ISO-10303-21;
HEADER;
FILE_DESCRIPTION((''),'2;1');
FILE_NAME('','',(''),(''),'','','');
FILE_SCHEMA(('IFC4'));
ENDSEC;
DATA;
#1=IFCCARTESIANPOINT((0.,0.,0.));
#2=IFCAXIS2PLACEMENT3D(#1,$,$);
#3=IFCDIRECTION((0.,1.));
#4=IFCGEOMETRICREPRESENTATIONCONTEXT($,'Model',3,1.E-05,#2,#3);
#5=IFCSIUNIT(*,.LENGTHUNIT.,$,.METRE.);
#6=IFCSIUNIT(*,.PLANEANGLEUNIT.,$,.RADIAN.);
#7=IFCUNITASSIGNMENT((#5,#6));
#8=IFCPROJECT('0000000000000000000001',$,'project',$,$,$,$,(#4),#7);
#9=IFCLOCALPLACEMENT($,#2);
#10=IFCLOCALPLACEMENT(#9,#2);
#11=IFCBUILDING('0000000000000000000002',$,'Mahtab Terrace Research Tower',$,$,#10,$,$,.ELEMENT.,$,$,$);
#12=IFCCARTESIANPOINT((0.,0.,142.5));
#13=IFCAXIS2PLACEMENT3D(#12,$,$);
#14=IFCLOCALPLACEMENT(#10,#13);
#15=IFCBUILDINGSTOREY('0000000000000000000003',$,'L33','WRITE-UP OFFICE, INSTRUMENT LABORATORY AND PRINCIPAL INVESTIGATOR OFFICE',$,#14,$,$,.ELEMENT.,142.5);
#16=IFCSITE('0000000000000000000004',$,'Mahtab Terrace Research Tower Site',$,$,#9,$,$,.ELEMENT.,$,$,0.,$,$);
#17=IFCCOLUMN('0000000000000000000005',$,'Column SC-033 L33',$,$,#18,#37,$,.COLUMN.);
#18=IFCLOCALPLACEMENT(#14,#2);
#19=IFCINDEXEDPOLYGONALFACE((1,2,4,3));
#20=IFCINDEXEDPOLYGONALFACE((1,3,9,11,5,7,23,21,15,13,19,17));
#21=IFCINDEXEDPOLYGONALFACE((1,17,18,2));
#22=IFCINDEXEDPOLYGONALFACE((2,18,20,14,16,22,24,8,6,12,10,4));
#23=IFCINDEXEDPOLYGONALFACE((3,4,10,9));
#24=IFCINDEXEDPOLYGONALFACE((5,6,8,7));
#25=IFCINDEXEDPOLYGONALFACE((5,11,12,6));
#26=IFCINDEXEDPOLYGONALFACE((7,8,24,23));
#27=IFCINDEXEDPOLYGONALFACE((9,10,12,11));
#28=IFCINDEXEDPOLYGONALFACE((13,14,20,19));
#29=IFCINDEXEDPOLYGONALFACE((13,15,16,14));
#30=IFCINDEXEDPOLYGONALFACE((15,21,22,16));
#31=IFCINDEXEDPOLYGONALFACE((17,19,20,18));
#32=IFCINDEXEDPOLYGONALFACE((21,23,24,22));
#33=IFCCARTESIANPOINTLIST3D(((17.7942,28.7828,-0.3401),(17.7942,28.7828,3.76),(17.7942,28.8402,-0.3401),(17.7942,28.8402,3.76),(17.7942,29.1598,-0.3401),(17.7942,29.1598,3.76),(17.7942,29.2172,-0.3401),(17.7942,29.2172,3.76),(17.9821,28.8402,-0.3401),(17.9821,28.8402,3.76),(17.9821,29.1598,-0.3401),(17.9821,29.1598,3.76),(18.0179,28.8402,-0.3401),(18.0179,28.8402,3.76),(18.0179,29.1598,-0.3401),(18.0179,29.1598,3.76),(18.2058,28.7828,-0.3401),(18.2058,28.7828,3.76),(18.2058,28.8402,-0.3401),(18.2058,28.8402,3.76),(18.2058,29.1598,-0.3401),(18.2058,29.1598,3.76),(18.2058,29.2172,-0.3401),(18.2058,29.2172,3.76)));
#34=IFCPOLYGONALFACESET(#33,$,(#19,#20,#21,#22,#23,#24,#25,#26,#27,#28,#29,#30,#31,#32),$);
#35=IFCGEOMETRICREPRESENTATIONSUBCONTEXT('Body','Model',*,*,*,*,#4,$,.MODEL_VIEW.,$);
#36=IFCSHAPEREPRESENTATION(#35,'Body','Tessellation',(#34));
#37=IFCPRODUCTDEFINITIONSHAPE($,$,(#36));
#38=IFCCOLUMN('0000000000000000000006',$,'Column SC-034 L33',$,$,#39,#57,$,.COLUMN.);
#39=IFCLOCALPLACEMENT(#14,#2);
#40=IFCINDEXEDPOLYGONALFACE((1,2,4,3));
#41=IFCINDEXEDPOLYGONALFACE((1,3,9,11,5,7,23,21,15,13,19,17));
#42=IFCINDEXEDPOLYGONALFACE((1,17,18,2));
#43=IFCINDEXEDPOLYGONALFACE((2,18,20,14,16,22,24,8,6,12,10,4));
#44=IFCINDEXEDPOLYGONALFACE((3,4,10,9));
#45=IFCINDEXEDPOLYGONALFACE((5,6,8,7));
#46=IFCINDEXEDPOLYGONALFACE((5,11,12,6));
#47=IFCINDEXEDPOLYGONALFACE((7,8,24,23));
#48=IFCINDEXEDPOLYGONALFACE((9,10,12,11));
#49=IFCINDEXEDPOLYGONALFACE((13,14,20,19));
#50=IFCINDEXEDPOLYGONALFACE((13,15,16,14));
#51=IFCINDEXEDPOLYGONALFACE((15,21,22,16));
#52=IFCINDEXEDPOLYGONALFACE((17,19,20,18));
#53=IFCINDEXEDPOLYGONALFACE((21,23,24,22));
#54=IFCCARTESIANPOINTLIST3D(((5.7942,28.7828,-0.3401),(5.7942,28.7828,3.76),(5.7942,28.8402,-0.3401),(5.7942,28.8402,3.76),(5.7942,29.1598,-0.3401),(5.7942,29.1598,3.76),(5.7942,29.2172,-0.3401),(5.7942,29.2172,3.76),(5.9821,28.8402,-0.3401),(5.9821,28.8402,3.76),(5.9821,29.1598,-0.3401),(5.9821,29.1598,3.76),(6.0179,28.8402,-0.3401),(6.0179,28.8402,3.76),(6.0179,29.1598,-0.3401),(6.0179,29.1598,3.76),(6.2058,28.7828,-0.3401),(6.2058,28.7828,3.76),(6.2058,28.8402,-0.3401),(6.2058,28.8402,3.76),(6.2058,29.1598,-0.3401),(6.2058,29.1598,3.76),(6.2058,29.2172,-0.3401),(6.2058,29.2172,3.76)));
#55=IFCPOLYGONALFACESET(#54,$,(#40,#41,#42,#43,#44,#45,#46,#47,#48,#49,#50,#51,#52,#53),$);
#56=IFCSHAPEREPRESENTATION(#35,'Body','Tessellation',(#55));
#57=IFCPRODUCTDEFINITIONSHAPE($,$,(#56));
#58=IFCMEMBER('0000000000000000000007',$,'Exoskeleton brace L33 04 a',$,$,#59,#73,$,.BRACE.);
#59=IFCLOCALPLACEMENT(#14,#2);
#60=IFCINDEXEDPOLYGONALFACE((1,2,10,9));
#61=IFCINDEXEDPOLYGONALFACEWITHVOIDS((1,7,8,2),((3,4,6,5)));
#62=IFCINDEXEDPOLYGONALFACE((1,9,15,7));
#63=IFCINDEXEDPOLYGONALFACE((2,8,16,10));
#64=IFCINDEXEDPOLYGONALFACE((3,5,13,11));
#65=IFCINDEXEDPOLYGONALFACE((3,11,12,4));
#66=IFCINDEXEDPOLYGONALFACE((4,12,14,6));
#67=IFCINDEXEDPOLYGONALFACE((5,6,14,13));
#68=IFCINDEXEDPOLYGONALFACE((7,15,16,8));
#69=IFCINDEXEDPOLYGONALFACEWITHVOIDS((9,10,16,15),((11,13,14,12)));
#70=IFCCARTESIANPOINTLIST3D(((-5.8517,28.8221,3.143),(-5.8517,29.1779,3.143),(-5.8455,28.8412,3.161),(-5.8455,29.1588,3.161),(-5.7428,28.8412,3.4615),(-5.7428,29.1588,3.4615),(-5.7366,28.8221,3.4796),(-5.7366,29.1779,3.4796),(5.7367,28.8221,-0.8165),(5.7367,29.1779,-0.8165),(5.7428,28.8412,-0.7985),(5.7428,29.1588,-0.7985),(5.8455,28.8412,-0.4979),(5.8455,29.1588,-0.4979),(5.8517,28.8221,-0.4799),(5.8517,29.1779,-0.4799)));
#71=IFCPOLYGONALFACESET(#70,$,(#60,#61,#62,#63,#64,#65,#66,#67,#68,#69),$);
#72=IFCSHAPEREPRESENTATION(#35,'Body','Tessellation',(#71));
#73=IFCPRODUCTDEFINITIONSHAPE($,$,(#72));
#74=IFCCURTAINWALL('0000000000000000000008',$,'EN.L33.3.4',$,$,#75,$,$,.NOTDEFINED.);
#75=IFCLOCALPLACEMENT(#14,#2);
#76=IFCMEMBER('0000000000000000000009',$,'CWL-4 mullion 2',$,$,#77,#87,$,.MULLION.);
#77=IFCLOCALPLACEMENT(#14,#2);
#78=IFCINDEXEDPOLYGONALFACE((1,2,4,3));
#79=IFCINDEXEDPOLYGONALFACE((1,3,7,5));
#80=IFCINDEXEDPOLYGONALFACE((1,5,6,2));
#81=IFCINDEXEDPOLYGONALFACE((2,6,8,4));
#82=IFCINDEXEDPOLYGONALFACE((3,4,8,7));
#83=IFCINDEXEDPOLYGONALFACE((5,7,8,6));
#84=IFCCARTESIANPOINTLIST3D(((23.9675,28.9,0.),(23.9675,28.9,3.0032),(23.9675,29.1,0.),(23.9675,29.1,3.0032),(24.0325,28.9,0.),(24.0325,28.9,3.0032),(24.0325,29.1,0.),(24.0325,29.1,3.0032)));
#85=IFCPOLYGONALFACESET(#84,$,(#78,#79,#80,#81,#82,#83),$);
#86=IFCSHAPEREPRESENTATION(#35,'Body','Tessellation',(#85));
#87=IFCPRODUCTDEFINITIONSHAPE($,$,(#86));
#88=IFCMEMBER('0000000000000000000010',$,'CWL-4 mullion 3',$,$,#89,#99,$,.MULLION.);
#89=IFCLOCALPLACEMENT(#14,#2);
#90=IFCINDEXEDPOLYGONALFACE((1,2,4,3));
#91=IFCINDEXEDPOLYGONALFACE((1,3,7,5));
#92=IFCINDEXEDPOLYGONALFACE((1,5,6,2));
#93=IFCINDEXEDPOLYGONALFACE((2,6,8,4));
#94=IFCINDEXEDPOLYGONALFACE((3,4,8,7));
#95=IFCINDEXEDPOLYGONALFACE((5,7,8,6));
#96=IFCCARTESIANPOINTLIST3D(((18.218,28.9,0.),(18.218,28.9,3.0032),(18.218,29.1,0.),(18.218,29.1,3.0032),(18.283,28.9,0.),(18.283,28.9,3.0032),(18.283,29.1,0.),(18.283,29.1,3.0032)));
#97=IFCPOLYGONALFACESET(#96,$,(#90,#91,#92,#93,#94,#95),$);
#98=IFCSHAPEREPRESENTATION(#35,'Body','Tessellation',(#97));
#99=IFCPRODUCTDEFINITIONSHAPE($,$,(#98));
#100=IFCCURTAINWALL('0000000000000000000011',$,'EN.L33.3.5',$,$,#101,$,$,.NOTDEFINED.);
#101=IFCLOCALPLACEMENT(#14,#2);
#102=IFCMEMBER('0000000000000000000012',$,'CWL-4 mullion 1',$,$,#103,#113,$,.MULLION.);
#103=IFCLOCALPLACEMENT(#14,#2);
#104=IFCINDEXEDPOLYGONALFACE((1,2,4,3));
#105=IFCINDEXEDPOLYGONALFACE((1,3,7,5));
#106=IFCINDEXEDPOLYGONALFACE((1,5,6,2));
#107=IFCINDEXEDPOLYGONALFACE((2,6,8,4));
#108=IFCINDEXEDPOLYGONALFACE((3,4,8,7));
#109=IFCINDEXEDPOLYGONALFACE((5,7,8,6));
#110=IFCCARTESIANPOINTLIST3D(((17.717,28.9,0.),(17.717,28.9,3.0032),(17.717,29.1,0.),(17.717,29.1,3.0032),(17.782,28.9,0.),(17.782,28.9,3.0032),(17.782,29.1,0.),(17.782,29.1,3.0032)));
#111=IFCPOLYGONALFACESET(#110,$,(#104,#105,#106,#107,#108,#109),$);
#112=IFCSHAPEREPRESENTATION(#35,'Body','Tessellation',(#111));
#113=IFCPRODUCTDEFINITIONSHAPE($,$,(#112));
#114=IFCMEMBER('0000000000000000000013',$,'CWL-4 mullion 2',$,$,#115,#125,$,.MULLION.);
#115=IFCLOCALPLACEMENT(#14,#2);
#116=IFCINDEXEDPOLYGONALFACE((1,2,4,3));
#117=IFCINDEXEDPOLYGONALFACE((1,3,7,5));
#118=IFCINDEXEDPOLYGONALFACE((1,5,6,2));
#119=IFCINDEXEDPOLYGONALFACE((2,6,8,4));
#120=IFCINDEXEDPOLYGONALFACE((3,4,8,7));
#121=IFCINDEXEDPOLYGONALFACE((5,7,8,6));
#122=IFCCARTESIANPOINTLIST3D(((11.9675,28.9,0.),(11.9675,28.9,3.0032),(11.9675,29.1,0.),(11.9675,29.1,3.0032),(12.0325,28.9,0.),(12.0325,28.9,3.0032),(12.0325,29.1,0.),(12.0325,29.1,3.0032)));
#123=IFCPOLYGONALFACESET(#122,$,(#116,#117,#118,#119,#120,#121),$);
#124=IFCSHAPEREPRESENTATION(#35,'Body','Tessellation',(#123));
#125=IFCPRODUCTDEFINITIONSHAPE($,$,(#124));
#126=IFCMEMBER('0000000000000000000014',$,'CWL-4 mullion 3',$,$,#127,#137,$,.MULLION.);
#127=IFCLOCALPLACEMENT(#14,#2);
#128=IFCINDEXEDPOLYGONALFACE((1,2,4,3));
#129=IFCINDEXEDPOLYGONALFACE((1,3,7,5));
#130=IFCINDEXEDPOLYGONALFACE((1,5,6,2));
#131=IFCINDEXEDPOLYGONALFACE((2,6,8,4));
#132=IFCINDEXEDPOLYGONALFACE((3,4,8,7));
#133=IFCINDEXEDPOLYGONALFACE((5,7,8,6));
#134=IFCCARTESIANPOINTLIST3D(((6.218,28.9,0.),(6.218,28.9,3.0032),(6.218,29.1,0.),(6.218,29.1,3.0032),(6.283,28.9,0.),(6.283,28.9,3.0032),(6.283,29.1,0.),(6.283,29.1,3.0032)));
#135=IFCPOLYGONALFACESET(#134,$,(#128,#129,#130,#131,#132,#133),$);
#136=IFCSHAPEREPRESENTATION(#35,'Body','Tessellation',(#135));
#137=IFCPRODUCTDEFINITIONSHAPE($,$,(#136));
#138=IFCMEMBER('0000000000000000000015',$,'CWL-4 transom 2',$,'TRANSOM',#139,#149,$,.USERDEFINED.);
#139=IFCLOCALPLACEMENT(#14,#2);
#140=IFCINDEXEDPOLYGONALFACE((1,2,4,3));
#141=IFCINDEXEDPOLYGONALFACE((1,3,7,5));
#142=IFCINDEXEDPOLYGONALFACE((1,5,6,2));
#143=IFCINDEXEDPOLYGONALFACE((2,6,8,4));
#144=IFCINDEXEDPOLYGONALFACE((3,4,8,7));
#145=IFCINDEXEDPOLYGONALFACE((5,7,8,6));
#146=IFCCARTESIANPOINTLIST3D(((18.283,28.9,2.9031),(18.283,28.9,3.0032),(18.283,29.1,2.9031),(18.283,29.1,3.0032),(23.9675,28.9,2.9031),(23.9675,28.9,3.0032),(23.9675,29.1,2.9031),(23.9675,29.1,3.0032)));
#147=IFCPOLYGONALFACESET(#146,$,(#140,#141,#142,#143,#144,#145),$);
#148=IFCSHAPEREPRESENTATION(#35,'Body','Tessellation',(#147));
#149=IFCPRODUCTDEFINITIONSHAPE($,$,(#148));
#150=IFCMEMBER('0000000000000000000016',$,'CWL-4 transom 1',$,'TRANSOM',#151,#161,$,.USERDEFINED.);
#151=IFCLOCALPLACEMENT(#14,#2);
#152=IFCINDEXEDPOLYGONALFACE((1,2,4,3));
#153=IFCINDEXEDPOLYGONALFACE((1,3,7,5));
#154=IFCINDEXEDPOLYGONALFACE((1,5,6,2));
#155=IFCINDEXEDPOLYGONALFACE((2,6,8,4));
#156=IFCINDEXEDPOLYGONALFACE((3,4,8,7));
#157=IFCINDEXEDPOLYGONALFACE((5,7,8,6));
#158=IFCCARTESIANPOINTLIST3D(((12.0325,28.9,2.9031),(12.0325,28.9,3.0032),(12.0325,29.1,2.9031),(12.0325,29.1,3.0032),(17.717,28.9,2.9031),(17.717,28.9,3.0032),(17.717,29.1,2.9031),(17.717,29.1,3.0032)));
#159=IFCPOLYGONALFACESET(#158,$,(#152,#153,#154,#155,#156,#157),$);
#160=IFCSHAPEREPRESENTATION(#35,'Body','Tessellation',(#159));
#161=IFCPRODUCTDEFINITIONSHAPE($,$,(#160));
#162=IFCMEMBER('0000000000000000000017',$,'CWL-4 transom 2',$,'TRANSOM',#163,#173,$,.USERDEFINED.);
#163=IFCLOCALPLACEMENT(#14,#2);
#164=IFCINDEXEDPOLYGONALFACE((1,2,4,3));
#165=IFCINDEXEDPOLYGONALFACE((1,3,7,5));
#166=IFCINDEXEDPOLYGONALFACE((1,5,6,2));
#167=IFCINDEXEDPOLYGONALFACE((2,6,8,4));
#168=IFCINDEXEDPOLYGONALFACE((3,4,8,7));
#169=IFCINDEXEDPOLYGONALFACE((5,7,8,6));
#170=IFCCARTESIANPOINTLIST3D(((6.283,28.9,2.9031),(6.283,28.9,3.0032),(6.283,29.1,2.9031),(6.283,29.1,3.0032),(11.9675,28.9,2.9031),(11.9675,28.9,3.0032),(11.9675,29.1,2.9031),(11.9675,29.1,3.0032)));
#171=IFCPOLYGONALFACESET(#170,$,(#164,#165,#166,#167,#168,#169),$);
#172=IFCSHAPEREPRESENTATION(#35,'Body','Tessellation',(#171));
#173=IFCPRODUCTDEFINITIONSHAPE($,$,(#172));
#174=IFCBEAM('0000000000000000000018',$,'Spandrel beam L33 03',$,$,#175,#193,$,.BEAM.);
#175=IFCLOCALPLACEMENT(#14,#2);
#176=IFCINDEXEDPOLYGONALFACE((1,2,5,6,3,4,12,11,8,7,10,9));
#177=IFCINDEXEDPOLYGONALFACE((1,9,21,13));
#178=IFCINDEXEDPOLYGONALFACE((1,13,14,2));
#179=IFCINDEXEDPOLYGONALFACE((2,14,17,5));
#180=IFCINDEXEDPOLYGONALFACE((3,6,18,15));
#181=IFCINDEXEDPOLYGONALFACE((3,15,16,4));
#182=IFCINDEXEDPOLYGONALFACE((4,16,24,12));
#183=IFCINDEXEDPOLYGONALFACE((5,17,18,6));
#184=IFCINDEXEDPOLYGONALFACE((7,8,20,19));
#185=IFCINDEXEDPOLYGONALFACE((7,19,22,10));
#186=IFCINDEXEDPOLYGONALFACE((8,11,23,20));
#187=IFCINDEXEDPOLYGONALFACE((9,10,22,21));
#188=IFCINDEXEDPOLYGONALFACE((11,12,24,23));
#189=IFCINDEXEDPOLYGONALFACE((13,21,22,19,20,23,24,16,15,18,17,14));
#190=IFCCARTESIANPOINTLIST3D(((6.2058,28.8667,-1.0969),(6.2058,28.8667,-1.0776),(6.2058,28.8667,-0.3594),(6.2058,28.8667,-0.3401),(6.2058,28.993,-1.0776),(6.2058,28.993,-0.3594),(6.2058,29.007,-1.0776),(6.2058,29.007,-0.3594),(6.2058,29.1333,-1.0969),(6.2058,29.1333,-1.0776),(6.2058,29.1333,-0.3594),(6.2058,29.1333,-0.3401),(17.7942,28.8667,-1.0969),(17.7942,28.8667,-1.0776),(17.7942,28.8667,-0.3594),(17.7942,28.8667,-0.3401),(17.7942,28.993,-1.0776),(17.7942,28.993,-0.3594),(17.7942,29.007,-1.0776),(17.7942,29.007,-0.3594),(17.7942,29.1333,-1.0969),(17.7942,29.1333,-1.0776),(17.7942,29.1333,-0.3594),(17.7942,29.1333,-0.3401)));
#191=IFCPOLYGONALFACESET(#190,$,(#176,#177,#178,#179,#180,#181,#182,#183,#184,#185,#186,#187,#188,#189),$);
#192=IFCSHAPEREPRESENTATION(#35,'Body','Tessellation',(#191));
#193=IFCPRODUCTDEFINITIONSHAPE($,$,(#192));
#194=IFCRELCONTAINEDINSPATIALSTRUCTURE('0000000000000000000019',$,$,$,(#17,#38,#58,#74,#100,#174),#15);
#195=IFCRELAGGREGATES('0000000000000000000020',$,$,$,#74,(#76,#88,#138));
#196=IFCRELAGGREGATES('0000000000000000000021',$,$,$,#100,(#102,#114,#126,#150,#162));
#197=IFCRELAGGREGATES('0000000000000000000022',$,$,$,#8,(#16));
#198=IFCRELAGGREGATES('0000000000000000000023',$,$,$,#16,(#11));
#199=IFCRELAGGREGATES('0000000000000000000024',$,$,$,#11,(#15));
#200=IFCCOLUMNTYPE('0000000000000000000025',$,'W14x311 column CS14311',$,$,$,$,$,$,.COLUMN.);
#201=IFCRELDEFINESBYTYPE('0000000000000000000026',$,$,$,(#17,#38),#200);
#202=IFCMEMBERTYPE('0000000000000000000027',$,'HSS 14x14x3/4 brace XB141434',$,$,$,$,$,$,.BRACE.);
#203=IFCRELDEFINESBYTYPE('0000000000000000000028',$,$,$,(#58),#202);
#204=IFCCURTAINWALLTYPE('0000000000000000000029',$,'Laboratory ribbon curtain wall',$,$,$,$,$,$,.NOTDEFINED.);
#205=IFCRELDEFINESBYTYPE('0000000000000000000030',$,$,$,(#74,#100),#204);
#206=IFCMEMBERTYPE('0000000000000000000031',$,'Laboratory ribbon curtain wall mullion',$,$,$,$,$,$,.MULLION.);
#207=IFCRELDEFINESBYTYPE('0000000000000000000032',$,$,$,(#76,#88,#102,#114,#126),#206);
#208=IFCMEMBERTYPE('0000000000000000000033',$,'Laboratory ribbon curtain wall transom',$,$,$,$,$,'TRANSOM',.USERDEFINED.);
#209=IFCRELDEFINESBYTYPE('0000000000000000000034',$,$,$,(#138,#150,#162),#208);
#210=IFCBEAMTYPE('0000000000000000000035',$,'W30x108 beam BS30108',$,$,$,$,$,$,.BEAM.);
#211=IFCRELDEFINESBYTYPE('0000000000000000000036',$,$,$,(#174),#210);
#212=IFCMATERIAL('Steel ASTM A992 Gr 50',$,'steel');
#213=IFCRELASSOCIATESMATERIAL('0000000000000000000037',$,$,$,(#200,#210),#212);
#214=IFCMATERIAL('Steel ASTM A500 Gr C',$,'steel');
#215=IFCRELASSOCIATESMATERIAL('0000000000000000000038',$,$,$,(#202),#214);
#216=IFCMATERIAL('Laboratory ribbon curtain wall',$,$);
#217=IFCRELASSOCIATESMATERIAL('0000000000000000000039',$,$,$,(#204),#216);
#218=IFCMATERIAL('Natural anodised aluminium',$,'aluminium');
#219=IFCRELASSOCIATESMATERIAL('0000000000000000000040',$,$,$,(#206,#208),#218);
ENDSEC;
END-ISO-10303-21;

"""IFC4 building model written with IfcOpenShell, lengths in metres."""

from ifc_helpers import new_model, si_unit, direction, frame, origin, origin_2d, place, context, subcontext, project, spatial, rectangle, hollow_rectangle, i_section, extrude, material, material_profile, profile_set, type_object, element, aggregate, save


model = new_model("IFC4")

# Units and contexts
model_context = context("Model", 3, precision=1e-05, world=origin(), true_north=direction((0.0, 1.0)))
body_context = subcontext(model_context, "Body", "Model", "MODEL_VIEW")
ifc_project = project(units=[si_unit("LENGTHUNIT", "METRE"), si_unit("PLANEANGLEUNIT", "RADIAN")], contexts=[model_context])

# Site, building, storey
site_placement = place(None, origin())
site = spatial("IfcSite", under=ifc_project, at=site_placement, Name="Mahtab Terrace Research Tower Site", CompositionType="ELEMENT", RefElevation=0.0)
building_placement = place(site_placement, origin())
building = spatial("IfcBuilding", under=site, at=building_placement, Name="Mahtab Terrace Research Tower", CompositionType="ELEMENT")
storey_placement = place(building_placement, frame((0.0, 0.0, 142.5)))
storey = spatial("IfcBuildingStorey", under=building, at=storey_placement, Name="L33", Description="WRITE-UP OFFICE, INSTRUMENT LABORATORY AND PRINCIPAL INVESTIGATOR OFFICE", CompositionType="ELEMENT", Elevation=142.5)

# Columns
ifc_material_1 = material(Name="Steel ASTM A992 Gr 50", Category="steel")
ifc_material_profile_1 = material_profile(ifc_material_1, i_section(OverallWidth=0.4116, OverallDepth=0.4343, WebThickness=0.0359, FlangeThickness=0.0574, at=origin_2d()), Name="W14X311")
ifc_profile_set_1 = profile_set([ifc_material_profile_1], Name="Steel ASTM A992 Gr 50")
column_type = type_object("IfcColumnType", Name="W14x311 column CS14311", PredefinedType="COLUMN", material=ifc_profile_set_1)
for number, where, z_axis, x_axis, name in (
    (1, (18.0, 29.0, -0.3401), (0.0, 0.0, 1.0), (1.0, 0.0, 0.0), "Column SC-033 L33"),
    (2, (6.0, 29.0, -0.3401), (0.0, 0.0, 1.0), (1.0, 0.0, 0.0), "Column SC-034 L33"),
):
    element("IfcColumn", number, at=place(storey_placement, frame(where, z_axis=z_axis, x_axis=x_axis)), inside=storey, type_object=column_type, Name=name, PredefinedType="COLUMN", context=body_context, shape_type="SweptSolid", body=[
        extrude(i_section(OverallWidth=0.4116, OverallDepth=0.4343, WebThickness=0.0359, FlangeThickness=0.0574, at=origin_2d()), origin(), (0.0, 0.0, 1.0), 4.1001),
    ])

# Member
ifc_material_2 = material(Name="Steel ASTM A500 Gr C", Category="steel")
ifc_material_profile_2 = material_profile(ifc_material_2, hollow_rectangle(XDim=0.3557, YDim=0.3557, WallThickness=0.019, at=origin_2d()), Name="HSS14X14X3/4")
ifc_profile_set_2 = profile_set([ifc_material_profile_2], Name="Steel ASTM A500 Gr C")
member_type_1 = type_object("IfcMemberType", Name="HSS 14x14x3/4 brace XB141434", PredefinedType="BRACE", material=ifc_profile_set_2)
member_1_placement = place(storey_placement, frame((5.7942, 29.0, -0.6482), z_axis=(-0.946288, 0.0, 0.323324), x_axis=(0.0, -1.0, 0.0)))
element("IfcMember", 3, at=member_1_placement, inside=storey, type_object=member_type_1, Name="Exoskeleton brace L33 04 a", PredefinedType="BRACE", context=body_context, shape_type="SweptSolid", body=[
    extrude(hollow_rectangle(XDim=0.3557, YDim=0.3557, WallThickness=0.019, at=origin_2d()), origin(), (0.0, 0.0, 1.0), 12.2461),
])

# Curtain walls, members
ifc_material_3 = material(Name="Laboratory ribbon curtain wall")
curtain_wall_type = type_object("IfcCurtainWallType", Name="Laboratory ribbon curtain wall", PredefinedType="NOTDEFINED", material=ifc_material_3)
curtain_wall_1_placement = place(storey_placement, origin())
curtain_wall_1 = element("IfcCurtainWall", 4, at=curtain_wall_1_placement, inside=storey, type_object=curtain_wall_type, Name="EN.L33.3.4", PredefinedType="NOTDEFINED")
ifc_material_4 = material(Name="Natural anodised aluminium", Category="aluminium")
ifc_material_profile_3 = material_profile(ifc_material_4, rectangle(XDim=0.2, YDim=0.0649, at=origin_2d()), Name="MULLION 65x200")
ifc_profile_set_3 = profile_set([ifc_material_profile_3], Name="Natural anodised aluminium")
member_type_2 = type_object("IfcMemberType", Name="Laboratory ribbon curtain wall mullion", PredefinedType="MULLION", material=ifc_profile_set_3)
member_2_placement = place(storey_placement, frame((24.0, 29.0, 0.0), z_axis=(0.0, 0.0, 1.0), x_axis=(0.0, -1.0, 0.0)))
member_2 = element("IfcMember", 5, at=member_2_placement, type_object=member_type_2, Name="CWL-4 mullion 2", PredefinedType="MULLION", context=body_context, shape_type="SweptSolid", body=[
    extrude(rectangle(XDim=0.2, YDim=0.0649, at=origin_2d()), origin(), (0.0, 0.0, 1.0), 3.0032),
])
member_3_placement = place(storey_placement, frame((18.2505, 29.0, 0.0), z_axis=(0.0, 0.0, 1.0), x_axis=(0.0, -1.0, 0.0)))
member_3 = element("IfcMember", 6, at=member_3_placement, type_object=member_type_2, Name="CWL-4 mullion 3", PredefinedType="MULLION", context=body_context, shape_type="SweptSolid", body=[
    extrude(rectangle(XDim=0.2, YDim=0.0649, at=origin_2d()), origin(), (0.0, 0.0, 1.0), 3.0032),
])
curtain_wall_2_placement = place(storey_placement, origin())
curtain_wall_2 = element("IfcCurtainWall", 7, at=curtain_wall_2_placement, inside=storey, type_object=curtain_wall_type, Name="EN.L33.3.5", PredefinedType="NOTDEFINED")
member_4_placement = place(storey_placement, frame((17.7495, 29.0, 0.0), z_axis=(0.0, 0.0, 1.0), x_axis=(0.0, -1.0, 0.0)))
member_4 = element("IfcMember", 8, at=member_4_placement, type_object=member_type_2, Name="CWL-4 mullion 1", PredefinedType="MULLION", context=body_context, shape_type="SweptSolid", body=[
    extrude(rectangle(XDim=0.2, YDim=0.0649, at=origin_2d()), origin(), (0.0, 0.0, 1.0), 3.0032),
])
member_5_placement = place(storey_placement, frame((12.0, 29.0, 0.0), z_axis=(0.0, 0.0, 1.0), x_axis=(0.0, -1.0, 0.0)))
member_5 = element("IfcMember", 9, at=member_5_placement, type_object=member_type_2, Name="CWL-4 mullion 2", PredefinedType="MULLION", context=body_context, shape_type="SweptSolid", body=[
    extrude(rectangle(XDim=0.2, YDim=0.0649, at=origin_2d()), origin(), (0.0, 0.0, 1.0), 3.0032),
])
member_6_placement = place(storey_placement, frame((6.2505, 29.0, 0.0), z_axis=(0.0, 0.0, 1.0), x_axis=(0.0, -1.0, 0.0)))
member_6 = element("IfcMember", 10, at=member_6_placement, type_object=member_type_2, Name="CWL-4 mullion 3", PredefinedType="MULLION", context=body_context, shape_type="SweptSolid", body=[
    extrude(rectangle(XDim=0.2, YDim=0.0649, at=origin_2d()), origin(), (0.0, 0.0, 1.0), 3.0032),
])

# Members
ifc_material_profile_4 = material_profile(ifc_material_4, rectangle(XDim=0.2, YDim=0.1001, at=origin_2d()), Name="TRANSOM 100x200")
ifc_profile_set_4 = profile_set([ifc_material_profile_4], Name="Natural anodised aluminium")
member_type_3 = type_object("IfcMemberType", Name="Laboratory ribbon curtain wall transom", ElementType="TRANSOM", PredefinedType="USERDEFINED", material=ifc_profile_set_4)
member_7_placement = place(storey_placement, frame((23.9675, 29.0, 2.9531), z_axis=(-1.0, 0.0, 0.0), x_axis=(0.0, -1.0, 0.0)))
member_7 = element("IfcMember", 11, at=member_7_placement, type_object=member_type_3, Name="CWL-4 transom 2", ObjectType="TRANSOM", PredefinedType="USERDEFINED", context=body_context, shape_type="SweptSolid", body=[
    extrude(rectangle(XDim=0.2, YDim=0.1001, at=origin_2d()), origin(), (0.0, 0.0, 1.0), 5.6846),
])
member_8_placement = place(storey_placement, frame((17.717, 29.0, 2.9531), z_axis=(-1.0, 0.0, 0.0), x_axis=(0.0, -1.0, 0.0)))
member_8 = element("IfcMember", 12, at=member_8_placement, type_object=member_type_3, Name="CWL-4 transom 1", ObjectType="TRANSOM", PredefinedType="USERDEFINED", context=body_context, shape_type="SweptSolid", body=[
    extrude(rectangle(XDim=0.2, YDim=0.1001, at=origin_2d()), origin(), (0.0, 0.0, 1.0), 5.6846),
])
member_9_placement = place(storey_placement, frame((11.9675, 29.0, 2.9531), z_axis=(-1.0, 0.0, 0.0), x_axis=(0.0, -1.0, 0.0)))
member_9 = element("IfcMember", 13, at=member_9_placement, type_object=member_type_3, Name="CWL-4 transom 2", ObjectType="TRANSOM", PredefinedType="USERDEFINED", context=body_context, shape_type="SweptSolid", body=[
    extrude(rectangle(XDim=0.2, YDim=0.1001, at=origin_2d()), origin(), (0.0, 0.0, 1.0), 5.6846),
])

# Beam
ifc_material_profile_5 = material_profile(ifc_material_1, i_section(OverallWidth=0.2666, OverallDepth=0.7568, WebThickness=0.0139, FlangeThickness=0.0193, at=origin_2d()), Name="W30X108")
ifc_profile_set_5 = profile_set([ifc_material_profile_5], Name="Steel ASTM A992 Gr 50")
beam_type = type_object("IfcBeamType", Name="W30x108 beam BS30108", PredefinedType="BEAM", material=ifc_profile_set_5)
for number, where, z_axis, x_axis, name in (
    (14, (17.7942, 29.0, -0.7185), (-1.0, 0.0, 0.0), (0.0, -1.0, 0.0), "Spandrel beam L33 03"),
):
    element("IfcBeam", number, at=place(storey_placement, frame(where, z_axis=z_axis, x_axis=x_axis)), inside=storey, type_object=beam_type, Name=name, PredefinedType="BEAM", context=body_context, shape_type="SweptSolid", body=[
        extrude(i_section(OverallWidth=0.2666, OverallDepth=0.7568, WebThickness=0.0139, FlangeThickness=0.0193, at=origin_2d()), origin(), (0.0, 0.0, 1.0), 11.5884),
    ])

aggregate(curtain_wall_1, [member_2, member_3, member_7])
aggregate(curtain_wall_2, [member_4, member_5, member_6, member_8, member_9])

save(model, "model.ifc")
